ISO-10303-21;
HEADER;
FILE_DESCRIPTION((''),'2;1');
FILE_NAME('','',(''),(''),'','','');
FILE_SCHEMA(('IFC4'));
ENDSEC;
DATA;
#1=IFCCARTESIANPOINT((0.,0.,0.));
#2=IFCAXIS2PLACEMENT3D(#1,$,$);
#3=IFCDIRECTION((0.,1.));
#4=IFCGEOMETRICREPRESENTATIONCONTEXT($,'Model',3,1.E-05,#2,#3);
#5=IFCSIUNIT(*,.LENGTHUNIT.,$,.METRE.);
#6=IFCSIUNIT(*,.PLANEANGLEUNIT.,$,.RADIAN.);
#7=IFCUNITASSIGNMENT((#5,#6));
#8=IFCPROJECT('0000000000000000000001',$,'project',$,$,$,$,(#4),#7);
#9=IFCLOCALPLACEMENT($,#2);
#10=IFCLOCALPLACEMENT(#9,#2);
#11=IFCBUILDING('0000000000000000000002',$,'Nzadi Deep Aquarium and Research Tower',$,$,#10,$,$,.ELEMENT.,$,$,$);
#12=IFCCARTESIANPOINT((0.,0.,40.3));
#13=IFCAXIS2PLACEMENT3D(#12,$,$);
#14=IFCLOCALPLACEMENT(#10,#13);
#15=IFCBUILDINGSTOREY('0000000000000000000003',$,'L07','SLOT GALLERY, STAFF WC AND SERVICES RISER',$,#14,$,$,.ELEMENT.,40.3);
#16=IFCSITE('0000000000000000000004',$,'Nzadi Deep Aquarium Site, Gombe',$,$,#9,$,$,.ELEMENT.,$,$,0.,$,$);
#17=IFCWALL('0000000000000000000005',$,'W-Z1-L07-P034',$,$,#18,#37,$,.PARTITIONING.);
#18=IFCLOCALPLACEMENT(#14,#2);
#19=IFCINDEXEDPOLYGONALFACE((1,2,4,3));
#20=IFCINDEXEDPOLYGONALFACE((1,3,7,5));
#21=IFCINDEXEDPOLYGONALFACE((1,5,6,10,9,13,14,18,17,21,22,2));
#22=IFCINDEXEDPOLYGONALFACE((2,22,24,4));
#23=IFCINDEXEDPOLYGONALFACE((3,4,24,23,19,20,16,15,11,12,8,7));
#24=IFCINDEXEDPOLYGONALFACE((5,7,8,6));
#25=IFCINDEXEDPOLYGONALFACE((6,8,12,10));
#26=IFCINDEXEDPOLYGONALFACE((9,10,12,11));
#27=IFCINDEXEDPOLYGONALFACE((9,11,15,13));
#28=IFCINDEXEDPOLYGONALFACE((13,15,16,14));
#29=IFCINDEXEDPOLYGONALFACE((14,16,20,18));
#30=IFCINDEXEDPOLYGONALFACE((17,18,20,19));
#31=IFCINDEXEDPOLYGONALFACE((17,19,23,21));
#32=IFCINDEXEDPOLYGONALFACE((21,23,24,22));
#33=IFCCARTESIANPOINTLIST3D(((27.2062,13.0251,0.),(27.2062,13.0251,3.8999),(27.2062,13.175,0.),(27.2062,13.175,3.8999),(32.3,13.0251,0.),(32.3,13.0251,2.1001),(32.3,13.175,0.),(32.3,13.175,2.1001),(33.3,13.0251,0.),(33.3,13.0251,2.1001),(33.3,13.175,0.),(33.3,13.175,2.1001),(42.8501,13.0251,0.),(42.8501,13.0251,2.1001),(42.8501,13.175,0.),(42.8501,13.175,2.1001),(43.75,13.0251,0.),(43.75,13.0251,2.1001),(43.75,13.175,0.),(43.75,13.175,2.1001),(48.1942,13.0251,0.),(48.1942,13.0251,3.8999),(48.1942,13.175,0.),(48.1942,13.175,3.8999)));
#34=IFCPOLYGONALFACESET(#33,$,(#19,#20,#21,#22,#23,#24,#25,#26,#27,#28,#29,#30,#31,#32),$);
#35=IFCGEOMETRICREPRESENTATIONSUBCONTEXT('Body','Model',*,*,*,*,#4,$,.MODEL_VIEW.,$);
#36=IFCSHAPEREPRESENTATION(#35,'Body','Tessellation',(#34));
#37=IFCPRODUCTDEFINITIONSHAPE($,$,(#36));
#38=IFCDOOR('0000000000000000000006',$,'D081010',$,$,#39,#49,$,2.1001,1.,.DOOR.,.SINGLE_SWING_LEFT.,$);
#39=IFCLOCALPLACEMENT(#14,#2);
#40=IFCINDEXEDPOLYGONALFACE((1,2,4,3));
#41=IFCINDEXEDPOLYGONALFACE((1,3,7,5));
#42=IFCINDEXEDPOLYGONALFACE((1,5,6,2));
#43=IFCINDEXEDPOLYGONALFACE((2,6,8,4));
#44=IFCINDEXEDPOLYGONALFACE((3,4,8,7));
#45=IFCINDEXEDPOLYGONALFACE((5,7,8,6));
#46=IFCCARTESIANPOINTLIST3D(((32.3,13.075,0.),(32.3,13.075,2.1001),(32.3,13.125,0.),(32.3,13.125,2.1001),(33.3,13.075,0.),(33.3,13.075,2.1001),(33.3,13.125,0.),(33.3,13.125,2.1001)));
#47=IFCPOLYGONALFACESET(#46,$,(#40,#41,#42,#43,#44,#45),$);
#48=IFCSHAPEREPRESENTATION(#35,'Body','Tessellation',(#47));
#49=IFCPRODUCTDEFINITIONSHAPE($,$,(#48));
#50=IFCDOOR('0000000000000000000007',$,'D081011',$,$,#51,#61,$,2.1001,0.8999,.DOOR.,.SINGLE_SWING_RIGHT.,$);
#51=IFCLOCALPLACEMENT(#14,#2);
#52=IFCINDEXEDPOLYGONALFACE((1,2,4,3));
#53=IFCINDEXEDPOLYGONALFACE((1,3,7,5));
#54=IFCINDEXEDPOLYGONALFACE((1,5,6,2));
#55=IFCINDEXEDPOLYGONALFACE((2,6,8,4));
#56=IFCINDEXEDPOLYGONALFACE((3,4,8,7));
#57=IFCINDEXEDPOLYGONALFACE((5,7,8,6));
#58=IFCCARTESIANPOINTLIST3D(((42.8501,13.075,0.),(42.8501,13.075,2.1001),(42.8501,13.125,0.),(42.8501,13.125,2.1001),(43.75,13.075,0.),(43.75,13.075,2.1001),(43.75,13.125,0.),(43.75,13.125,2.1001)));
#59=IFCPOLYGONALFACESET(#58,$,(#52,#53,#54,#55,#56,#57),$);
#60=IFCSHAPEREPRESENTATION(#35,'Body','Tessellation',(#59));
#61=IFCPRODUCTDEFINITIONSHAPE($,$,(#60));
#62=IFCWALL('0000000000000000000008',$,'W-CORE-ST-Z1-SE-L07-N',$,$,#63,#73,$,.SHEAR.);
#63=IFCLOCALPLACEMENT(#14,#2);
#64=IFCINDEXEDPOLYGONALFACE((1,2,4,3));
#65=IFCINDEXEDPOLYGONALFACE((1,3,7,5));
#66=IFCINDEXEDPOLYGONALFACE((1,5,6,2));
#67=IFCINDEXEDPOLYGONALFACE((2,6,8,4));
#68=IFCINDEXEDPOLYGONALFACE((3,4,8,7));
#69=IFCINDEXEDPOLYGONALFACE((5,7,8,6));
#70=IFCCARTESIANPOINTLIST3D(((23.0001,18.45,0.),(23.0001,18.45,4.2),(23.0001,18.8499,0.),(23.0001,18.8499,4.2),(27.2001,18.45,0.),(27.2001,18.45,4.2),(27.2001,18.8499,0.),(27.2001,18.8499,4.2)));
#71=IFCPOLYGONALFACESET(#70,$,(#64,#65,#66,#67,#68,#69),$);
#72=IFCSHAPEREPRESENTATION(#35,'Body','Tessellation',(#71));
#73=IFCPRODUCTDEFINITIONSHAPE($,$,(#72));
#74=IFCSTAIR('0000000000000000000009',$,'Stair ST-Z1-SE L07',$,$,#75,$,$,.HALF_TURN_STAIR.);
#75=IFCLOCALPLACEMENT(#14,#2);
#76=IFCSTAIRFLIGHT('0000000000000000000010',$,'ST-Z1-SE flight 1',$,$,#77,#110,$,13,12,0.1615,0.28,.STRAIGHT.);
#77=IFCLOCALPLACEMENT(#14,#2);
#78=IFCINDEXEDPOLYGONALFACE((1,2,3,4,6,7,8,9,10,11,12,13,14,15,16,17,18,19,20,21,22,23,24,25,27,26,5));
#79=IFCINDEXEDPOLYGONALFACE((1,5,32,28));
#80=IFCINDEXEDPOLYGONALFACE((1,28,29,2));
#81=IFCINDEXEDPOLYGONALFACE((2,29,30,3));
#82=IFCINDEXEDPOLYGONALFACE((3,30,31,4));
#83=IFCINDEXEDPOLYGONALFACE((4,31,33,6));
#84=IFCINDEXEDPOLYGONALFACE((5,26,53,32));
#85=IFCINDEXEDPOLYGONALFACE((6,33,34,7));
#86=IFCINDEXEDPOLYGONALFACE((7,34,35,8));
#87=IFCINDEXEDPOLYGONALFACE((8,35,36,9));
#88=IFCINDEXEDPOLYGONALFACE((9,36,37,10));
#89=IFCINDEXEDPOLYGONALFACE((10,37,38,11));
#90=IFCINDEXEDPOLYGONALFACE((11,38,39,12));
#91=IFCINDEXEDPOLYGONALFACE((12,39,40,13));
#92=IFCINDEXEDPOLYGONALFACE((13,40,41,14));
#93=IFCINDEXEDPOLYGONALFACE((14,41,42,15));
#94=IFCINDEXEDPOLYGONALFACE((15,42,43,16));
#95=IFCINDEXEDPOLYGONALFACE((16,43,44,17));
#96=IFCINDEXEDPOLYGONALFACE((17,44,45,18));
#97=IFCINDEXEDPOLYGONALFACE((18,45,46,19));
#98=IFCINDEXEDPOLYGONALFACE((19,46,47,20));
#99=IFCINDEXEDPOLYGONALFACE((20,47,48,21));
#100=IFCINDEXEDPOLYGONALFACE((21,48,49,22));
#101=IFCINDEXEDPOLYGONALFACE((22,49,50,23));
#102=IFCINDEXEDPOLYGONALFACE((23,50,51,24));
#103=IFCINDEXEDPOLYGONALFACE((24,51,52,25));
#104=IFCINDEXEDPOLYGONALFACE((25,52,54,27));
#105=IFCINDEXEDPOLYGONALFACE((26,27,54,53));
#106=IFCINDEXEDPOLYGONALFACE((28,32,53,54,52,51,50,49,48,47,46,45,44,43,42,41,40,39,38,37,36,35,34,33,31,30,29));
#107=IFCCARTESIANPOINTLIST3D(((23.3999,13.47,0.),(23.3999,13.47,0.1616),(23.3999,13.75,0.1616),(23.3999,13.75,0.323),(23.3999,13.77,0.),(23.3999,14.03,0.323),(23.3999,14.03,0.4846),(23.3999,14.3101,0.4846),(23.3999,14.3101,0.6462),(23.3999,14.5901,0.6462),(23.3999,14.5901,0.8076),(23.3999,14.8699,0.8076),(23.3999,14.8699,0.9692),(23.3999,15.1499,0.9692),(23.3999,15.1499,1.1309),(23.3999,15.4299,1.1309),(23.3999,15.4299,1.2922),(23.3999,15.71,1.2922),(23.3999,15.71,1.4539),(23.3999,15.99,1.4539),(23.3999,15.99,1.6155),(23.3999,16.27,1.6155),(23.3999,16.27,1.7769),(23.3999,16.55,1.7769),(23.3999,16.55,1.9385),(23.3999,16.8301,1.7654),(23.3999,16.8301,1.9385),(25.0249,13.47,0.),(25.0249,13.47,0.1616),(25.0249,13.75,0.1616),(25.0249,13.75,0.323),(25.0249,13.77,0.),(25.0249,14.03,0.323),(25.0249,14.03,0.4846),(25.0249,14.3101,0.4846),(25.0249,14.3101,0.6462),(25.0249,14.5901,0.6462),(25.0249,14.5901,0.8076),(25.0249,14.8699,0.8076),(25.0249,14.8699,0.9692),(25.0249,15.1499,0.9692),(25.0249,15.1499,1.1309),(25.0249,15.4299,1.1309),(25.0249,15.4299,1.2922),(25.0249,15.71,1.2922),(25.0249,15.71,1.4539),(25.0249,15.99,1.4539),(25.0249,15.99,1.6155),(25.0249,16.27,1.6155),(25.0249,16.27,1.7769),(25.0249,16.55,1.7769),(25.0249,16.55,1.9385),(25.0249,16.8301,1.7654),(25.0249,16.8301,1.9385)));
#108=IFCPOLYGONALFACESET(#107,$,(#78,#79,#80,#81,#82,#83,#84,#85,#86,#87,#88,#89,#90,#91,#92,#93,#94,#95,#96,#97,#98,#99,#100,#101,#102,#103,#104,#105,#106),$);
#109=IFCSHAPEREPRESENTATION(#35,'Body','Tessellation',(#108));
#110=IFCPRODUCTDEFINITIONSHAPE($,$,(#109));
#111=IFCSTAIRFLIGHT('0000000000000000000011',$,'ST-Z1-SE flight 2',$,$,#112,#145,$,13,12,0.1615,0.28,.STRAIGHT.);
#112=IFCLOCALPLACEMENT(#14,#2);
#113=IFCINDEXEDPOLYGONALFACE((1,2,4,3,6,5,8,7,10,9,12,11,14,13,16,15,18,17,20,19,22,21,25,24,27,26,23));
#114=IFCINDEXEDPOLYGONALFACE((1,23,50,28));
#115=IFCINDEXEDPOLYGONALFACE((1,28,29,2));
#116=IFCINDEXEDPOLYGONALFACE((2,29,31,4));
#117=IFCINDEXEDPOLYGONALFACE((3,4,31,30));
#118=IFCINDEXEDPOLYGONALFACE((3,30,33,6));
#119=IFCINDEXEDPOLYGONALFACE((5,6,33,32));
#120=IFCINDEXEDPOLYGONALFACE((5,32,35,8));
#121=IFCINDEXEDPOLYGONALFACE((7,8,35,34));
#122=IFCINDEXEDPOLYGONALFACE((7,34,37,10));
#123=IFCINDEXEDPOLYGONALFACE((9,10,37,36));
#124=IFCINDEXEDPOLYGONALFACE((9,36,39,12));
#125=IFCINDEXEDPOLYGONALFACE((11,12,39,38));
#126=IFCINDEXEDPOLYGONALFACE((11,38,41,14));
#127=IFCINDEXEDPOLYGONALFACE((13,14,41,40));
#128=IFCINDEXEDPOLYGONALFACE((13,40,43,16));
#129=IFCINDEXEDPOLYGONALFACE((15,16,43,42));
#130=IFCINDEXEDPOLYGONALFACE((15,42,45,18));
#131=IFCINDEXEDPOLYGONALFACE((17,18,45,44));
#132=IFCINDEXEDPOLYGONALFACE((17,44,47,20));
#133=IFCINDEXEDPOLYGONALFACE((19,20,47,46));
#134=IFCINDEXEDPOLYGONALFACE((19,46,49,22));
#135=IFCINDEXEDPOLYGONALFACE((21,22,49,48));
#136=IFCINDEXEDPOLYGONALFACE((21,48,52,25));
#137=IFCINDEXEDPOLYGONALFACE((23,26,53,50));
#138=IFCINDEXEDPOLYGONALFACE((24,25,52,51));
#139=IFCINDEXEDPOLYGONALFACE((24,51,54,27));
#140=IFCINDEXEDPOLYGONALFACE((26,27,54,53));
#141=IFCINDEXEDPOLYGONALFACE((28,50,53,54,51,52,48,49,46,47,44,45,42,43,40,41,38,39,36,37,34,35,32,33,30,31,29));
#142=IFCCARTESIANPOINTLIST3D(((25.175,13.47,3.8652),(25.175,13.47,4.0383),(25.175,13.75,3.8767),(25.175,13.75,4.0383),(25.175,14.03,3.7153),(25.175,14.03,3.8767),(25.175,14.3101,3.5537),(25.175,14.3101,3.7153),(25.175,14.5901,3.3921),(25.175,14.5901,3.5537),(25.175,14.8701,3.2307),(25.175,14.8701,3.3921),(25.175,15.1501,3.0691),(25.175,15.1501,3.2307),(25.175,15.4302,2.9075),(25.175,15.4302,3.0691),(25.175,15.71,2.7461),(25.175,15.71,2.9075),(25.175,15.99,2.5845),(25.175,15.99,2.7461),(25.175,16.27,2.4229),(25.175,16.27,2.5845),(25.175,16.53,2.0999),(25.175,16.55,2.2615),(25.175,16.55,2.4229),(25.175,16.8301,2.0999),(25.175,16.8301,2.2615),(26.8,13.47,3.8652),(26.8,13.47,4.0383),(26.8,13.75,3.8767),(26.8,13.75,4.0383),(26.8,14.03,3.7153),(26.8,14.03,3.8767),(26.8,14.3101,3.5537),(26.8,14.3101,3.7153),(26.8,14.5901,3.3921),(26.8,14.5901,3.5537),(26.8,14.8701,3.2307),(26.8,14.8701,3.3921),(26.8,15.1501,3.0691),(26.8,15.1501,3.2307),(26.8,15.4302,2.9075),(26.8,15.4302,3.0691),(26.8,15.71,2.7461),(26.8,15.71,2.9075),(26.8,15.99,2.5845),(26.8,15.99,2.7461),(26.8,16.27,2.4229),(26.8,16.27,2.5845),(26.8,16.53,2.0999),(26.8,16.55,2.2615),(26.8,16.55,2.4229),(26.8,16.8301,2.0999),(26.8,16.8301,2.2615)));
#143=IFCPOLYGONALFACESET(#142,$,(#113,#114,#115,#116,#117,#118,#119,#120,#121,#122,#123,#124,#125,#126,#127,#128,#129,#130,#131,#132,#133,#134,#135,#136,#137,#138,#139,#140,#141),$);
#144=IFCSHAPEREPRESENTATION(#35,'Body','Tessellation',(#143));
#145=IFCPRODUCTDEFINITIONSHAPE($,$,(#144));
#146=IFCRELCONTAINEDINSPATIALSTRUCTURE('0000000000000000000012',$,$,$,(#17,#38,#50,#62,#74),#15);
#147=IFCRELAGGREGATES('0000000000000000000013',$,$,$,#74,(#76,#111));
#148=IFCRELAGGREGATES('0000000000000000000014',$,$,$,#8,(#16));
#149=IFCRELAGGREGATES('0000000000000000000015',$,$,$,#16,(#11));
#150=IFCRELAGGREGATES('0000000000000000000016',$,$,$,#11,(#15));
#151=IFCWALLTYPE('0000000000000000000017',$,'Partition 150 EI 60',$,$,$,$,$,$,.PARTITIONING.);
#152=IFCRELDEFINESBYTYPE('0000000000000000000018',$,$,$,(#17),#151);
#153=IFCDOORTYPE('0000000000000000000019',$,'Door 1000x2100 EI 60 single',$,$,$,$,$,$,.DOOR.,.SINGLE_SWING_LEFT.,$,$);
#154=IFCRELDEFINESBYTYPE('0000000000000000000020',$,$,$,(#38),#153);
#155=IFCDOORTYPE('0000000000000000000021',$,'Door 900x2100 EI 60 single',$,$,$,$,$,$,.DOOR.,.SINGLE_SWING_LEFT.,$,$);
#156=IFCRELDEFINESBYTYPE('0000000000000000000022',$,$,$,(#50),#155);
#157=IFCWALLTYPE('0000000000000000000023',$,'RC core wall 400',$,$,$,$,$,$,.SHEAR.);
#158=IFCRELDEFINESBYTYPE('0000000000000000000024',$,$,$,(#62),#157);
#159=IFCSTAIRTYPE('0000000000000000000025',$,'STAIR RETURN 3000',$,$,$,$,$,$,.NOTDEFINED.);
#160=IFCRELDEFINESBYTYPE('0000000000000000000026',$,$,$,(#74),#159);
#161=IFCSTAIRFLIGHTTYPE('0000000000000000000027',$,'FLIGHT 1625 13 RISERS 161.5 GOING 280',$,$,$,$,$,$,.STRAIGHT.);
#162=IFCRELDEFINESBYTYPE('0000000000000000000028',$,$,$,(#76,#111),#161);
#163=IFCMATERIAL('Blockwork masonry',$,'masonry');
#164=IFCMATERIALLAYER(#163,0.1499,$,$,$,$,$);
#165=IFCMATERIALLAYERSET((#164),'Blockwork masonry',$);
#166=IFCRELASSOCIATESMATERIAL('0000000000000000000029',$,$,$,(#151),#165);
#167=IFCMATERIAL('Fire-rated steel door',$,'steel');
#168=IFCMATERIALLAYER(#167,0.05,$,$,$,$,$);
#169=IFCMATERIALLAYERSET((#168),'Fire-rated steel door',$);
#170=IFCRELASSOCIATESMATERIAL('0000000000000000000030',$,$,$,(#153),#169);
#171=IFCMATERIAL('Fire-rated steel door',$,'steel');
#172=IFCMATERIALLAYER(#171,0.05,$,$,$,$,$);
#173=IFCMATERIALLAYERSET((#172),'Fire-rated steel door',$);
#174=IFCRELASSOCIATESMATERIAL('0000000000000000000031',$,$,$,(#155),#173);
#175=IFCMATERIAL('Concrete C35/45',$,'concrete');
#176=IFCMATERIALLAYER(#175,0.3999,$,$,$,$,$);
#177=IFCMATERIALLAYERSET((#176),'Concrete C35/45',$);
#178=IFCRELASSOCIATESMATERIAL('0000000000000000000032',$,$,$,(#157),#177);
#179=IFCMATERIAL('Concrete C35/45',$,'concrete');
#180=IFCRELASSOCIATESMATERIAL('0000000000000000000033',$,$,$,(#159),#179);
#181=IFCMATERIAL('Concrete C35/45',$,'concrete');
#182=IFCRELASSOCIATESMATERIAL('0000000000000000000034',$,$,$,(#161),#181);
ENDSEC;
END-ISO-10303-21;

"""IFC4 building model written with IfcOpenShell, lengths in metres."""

from ifc_helpers import new_model, si_unit, direction, frame, frame_2d, origin, place, context, subcontext, project, spatial, polyline, rectangle, outline, extrude, material, layer, layer_set, type_object, element, fill, aggregate, save


model = new_model("IFC4")

# Units and contexts
model_context = context("Model", 3, precision=1e-05, world=origin(), true_north=direction((0.0, 1.0)))
body_context = subcontext(model_context, "Body", "Model", "MODEL_VIEW")
ifc_project = project(units=[si_unit("LENGTHUNIT", "METRE"), si_unit("PLANEANGLEUNIT", "RADIAN")], contexts=[model_context])

# Site, building, storey
site_placement = place(None, origin())
site = spatial("IfcSite", under=ifc_project, at=site_placement, Name="Nzadi Deep Aquarium Site, Gombe", CompositionType="ELEMENT", RefElevation=0.0)
building_placement = place(site_placement, origin())
building = spatial("IfcBuilding", under=site, at=building_placement, Name="Nzadi Deep Aquarium and Research Tower", CompositionType="ELEMENT")
storey_placement = place(building_placement, frame((0.0, 0.0, 40.3)))
storey = spatial("IfcBuildingStorey", under=building, at=storey_placement, Name="L07", Description="SLOT GALLERY, STAFF WC AND SERVICES RISER", CompositionType="ELEMENT", Elevation=40.3)

# Wall, openings, doors
ifc_material_1 = material(Name="Blockwork masonry", Category="masonry")
ifc_layer_1 = layer(ifc_material_1, 0.1499)
ifc_layer_set_1 = layer_set([ifc_layer_1], Name="Blockwork masonry")
wall_type_1 = type_object("IfcWallType", Name="Partition 150 EI 60", PredefinedType="PARTITIONING", material=ifc_layer_set_1)
wall_1_placement = place(storey_placement, frame((27.2061, 13.1001, 0.0), z_axis=(0.0, 0.0, 1.0), x_axis=(1.0, 0.0, 0.0)))
wall_1 = element("IfcWall", 1, at=wall_1_placement, inside=storey, type_object=wall_type_1, Name="W-Z1-L07-P034", PredefinedType="PARTITIONING", context=body_context, shape_type="SweptSolid", body=[
    extrude(rectangle(XDim=20.988, YDim=0.1499, at=frame_2d((10.4941, 0.0))), origin(), (0.0, 0.0, 1.0), 3.8999),
])
opening_1_placement = place(wall_1_placement, frame((5.094, 0.0, 0.0)))
opening_1 = element("IfcOpeningElement", 2, at=opening_1_placement, cuts=wall_1, PredefinedType="OPENING", context=body_context, shape_type="SweptSolid", body=[
    extrude(rectangle(XDim=1.0, YDim=2.1001, at=frame_2d((0.5, 1.05))), frame((0.0, 0.085, 0.0), z_axis=(0.0, -1.0, 0.0), x_axis=(1.0, 0.0, 0.0)), (0.0, 0.0, 1.0), 0.1699),
])
opening_2_placement = place(wall_1_placement, frame((15.644, 0.0, 0.0)))
opening_2 = element("IfcOpeningElement", 3, at=opening_2_placement, cuts=wall_1, PredefinedType="OPENING", context=body_context, shape_type="SweptSolid", body=[
    extrude(rectangle(XDim=0.8999, YDim=2.1001, at=frame_2d((0.45, 1.05))), frame((0.0, 0.085, 0.0), z_axis=(0.0, -1.0, 0.0), x_axis=(1.0, 0.0, 0.0)), (0.0, 0.0, 1.0), 0.1699),
])
ifc_material_2 = material(Name="Fire-rated steel door", Category="steel")
ifc_layer_2 = layer(ifc_material_2, 0.05)
ifc_layer_set_2 = layer_set([ifc_layer_2], Name="Fire-rated steel door")
door_type_1 = type_object("IfcDoorType", Name="Door 1000x2100 EI 60 single", OperationType="SINGLE_SWING_LEFT", PredefinedType="DOOR", material=ifc_layer_set_2)
door_1_placement = place(opening_1_placement, origin())
door_1 = element("IfcDoor", 4, at=door_1_placement, inside=storey, type_object=door_type_1, Name="D081010", OperationType="SINGLE_SWING_LEFT", OverallHeight=2.1001, OverallWidth=1.0, PredefinedType="DOOR", context=body_context, shape_type="SweptSolid", body=[
    extrude(rectangle(XDim=1.0, YDim=2.1001, at=frame_2d((0.5, 1.05))), frame((0.0, 0.0249, 0.0), z_axis=(0.0, -1.0, 0.0), x_axis=(1.0, 0.0, 0.0)), (0.0, 0.0, 1.0), 0.05),
])
fill(opening_1, door_1)
ifc_material_3 = material(Name="Fire-rated steel door", Category="steel")
ifc_layer_3 = layer(ifc_material_3, 0.05)
ifc_layer_set_3 = layer_set([ifc_layer_3], Name="Fire-rated steel door")
door_type_2 = type_object("IfcDoorType", Name="Door 900x2100 EI 60 single", OperationType="SINGLE_SWING_LEFT", PredefinedType="DOOR", material=ifc_layer_set_3)
door_2_placement = place(opening_2_placement, origin())
door_2 = element("IfcDoor", 5, at=door_2_placement, inside=storey, type_object=door_type_2, Name="D081011", OperationType="SINGLE_SWING_RIGHT", OverallHeight=2.1001, OverallWidth=0.8999, PredefinedType="DOOR", context=body_context, shape_type="SweptSolid", body=[
    extrude(rectangle(XDim=0.8999, YDim=2.1001, at=frame_2d((0.45, 1.05))), frame((0.0, 0.0249, 0.0), z_axis=(0.0, -1.0, 0.0), x_axis=(1.0, 0.0, 0.0)), (0.0, 0.0, 1.0), 0.05),
])
fill(opening_2, door_2)

# Wall
ifc_material_4 = material(Name="Concrete C35/45", Category="concrete")
ifc_layer_4 = layer(ifc_material_4, 0.3999)
ifc_layer_set_4 = layer_set([ifc_layer_4], Name="Concrete C35/45")
wall_type_2 = type_object("IfcWallType", Name="RC core wall 400", PredefinedType="SHEAR", material=ifc_layer_set_4)
wall_2_placement = place(storey_placement, frame((23.0, 18.6499, 0.0), z_axis=(0.0, 0.0, 1.0), x_axis=(1.0, 0.0, 0.0)))
element("IfcWall", 6, at=wall_2_placement, inside=storey, type_object=wall_type_2, Name="W-CORE-ST-Z1-SE-L07-N", PredefinedType="SHEAR", context=body_context, shape_type="SweptSolid", body=[
    extrude(rectangle(XDim=4.2, YDim=0.3999, at=frame_2d((2.1001, 0.0))), origin(), (0.0, 0.0, 1.0), 4.2),
])

# Stair, stair flights
ifc_material_5 = material(Name="Concrete C35/45", Category="concrete")
stair_type = type_object("IfcStairType", Name="STAIR RETURN 3000", PredefinedType="NOTDEFINED", material=ifc_material_5)
stair_placement = place(storey_placement, origin())
stair = element("IfcStair", 7, at=stair_placement, inside=storey, type_object=stair_type, Name="Stair ST-Z1-SE L07", PredefinedType="HALF_TURN_STAIR")
ifc_material_6 = material(Name="Concrete C35/45", Category="concrete")
stair_flight_type = type_object("IfcStairFlightType", Name="FLIGHT 1625 13 RISERS 161.5 GOING 280", PredefinedType="STRAIGHT", material=ifc_material_6)
stair_flight_1_placement = place(storey_placement, frame((24.2124, 13.47, 0.0), z_axis=(0.0, 0.0, 1.0), x_axis=(0.0, 1.0, 0.0)))
stair_flight_1 = element("IfcStairFlight", 8, at=stair_flight_1_placement, type_object=stair_flight_type, Name="ST-Z1-SE flight 1", NumberOfRisers=13, NumberOfTreads=12, PredefinedType="STRAIGHT", RiserHeight=0.1615, TreadLength=0.28, context=body_context, shape_type="SweptSolid", body=[
    extrude(outline(polyline([(0.0, 0.0), (0.0, 0.1616), (0.28, 0.1616), (0.28, 0.323), (0.5601, 0.323), (0.5601, 0.4846), (0.8401, 0.4846), (0.8401, 0.6462), (1.1201, 0.6462), (1.1201, 0.8076), (1.3999, 0.8076), (1.3999, 0.9692), (1.6799, 0.9692), (1.6799, 1.1309), (1.96, 1.1309), (1.96, 1.2922), (2.24, 1.2922), (2.24, 1.4539), (2.52, 1.4539), (2.52, 1.6155), (2.8, 1.6155), (2.8, 1.7769), (3.0801, 1.7769), (3.0801, 1.9385), (3.3601, 1.9385), (3.3601, 2.1001), (3.3601, 1.7654), (0.3, 0.0), (0.0, 0.0)])), frame((0.0, 0.8125, 0.0), z_axis=(0.0, -1.0, 0.0), x_axis=(1.0, 0.0, 0.0)), (0.0, 0.0, 1.0), 1.625),
])
stair_flight_2_placement = place(storey_placement, frame((25.9875, 16.8301, 2.0999), z_axis=(0.0, 0.0, 1.0), x_axis=(0.0, -1.0, 0.0)))
stair_flight_2 = element("IfcStairFlight", 9, at=stair_flight_2_placement, type_object=stair_flight_type, Name="ST-Z1-SE flight 2", NumberOfRisers=13, NumberOfTreads=12, PredefinedType="STRAIGHT", RiserHeight=0.1615, TreadLength=0.28, context=body_context, shape_type="SweptSolid", body=[
    extrude(outline(polyline([(0.0, 0.0), (0.0, 0.1616), (0.28, 0.1616), (0.28, 0.323), (0.5601, 0.323), (0.5601, 0.4846), (0.8401, 0.4846), (0.8401, 0.6462), (1.1201, 0.6462), (1.1201, 0.8076), (1.3999, 0.8076), (1.3999, 0.9692), (1.6799, 0.9692), (1.6799, 1.1309), (1.96, 1.1309), (1.96, 1.2922), (2.24, 1.2922), (2.24, 1.4539), (2.52, 1.4539), (2.52, 1.6155), (2.8, 1.6155), (2.8, 1.7769), (3.0801, 1.7769), (3.0801, 1.9385), (3.3601, 1.9385), (3.3601, 2.1001), (3.3601, 1.7654), (0.3, 0.0), (0.0, 0.0)])), frame((0.0, 0.8125, 0.0), z_axis=(0.0, -1.0, 0.0), x_axis=(1.0, 0.0, 0.0)), (0.0, 0.0, 1.0), 1.625),
])
aggregate(stair, [stair_flight_1, stair_flight_2])

save(model, "model.ifc")
